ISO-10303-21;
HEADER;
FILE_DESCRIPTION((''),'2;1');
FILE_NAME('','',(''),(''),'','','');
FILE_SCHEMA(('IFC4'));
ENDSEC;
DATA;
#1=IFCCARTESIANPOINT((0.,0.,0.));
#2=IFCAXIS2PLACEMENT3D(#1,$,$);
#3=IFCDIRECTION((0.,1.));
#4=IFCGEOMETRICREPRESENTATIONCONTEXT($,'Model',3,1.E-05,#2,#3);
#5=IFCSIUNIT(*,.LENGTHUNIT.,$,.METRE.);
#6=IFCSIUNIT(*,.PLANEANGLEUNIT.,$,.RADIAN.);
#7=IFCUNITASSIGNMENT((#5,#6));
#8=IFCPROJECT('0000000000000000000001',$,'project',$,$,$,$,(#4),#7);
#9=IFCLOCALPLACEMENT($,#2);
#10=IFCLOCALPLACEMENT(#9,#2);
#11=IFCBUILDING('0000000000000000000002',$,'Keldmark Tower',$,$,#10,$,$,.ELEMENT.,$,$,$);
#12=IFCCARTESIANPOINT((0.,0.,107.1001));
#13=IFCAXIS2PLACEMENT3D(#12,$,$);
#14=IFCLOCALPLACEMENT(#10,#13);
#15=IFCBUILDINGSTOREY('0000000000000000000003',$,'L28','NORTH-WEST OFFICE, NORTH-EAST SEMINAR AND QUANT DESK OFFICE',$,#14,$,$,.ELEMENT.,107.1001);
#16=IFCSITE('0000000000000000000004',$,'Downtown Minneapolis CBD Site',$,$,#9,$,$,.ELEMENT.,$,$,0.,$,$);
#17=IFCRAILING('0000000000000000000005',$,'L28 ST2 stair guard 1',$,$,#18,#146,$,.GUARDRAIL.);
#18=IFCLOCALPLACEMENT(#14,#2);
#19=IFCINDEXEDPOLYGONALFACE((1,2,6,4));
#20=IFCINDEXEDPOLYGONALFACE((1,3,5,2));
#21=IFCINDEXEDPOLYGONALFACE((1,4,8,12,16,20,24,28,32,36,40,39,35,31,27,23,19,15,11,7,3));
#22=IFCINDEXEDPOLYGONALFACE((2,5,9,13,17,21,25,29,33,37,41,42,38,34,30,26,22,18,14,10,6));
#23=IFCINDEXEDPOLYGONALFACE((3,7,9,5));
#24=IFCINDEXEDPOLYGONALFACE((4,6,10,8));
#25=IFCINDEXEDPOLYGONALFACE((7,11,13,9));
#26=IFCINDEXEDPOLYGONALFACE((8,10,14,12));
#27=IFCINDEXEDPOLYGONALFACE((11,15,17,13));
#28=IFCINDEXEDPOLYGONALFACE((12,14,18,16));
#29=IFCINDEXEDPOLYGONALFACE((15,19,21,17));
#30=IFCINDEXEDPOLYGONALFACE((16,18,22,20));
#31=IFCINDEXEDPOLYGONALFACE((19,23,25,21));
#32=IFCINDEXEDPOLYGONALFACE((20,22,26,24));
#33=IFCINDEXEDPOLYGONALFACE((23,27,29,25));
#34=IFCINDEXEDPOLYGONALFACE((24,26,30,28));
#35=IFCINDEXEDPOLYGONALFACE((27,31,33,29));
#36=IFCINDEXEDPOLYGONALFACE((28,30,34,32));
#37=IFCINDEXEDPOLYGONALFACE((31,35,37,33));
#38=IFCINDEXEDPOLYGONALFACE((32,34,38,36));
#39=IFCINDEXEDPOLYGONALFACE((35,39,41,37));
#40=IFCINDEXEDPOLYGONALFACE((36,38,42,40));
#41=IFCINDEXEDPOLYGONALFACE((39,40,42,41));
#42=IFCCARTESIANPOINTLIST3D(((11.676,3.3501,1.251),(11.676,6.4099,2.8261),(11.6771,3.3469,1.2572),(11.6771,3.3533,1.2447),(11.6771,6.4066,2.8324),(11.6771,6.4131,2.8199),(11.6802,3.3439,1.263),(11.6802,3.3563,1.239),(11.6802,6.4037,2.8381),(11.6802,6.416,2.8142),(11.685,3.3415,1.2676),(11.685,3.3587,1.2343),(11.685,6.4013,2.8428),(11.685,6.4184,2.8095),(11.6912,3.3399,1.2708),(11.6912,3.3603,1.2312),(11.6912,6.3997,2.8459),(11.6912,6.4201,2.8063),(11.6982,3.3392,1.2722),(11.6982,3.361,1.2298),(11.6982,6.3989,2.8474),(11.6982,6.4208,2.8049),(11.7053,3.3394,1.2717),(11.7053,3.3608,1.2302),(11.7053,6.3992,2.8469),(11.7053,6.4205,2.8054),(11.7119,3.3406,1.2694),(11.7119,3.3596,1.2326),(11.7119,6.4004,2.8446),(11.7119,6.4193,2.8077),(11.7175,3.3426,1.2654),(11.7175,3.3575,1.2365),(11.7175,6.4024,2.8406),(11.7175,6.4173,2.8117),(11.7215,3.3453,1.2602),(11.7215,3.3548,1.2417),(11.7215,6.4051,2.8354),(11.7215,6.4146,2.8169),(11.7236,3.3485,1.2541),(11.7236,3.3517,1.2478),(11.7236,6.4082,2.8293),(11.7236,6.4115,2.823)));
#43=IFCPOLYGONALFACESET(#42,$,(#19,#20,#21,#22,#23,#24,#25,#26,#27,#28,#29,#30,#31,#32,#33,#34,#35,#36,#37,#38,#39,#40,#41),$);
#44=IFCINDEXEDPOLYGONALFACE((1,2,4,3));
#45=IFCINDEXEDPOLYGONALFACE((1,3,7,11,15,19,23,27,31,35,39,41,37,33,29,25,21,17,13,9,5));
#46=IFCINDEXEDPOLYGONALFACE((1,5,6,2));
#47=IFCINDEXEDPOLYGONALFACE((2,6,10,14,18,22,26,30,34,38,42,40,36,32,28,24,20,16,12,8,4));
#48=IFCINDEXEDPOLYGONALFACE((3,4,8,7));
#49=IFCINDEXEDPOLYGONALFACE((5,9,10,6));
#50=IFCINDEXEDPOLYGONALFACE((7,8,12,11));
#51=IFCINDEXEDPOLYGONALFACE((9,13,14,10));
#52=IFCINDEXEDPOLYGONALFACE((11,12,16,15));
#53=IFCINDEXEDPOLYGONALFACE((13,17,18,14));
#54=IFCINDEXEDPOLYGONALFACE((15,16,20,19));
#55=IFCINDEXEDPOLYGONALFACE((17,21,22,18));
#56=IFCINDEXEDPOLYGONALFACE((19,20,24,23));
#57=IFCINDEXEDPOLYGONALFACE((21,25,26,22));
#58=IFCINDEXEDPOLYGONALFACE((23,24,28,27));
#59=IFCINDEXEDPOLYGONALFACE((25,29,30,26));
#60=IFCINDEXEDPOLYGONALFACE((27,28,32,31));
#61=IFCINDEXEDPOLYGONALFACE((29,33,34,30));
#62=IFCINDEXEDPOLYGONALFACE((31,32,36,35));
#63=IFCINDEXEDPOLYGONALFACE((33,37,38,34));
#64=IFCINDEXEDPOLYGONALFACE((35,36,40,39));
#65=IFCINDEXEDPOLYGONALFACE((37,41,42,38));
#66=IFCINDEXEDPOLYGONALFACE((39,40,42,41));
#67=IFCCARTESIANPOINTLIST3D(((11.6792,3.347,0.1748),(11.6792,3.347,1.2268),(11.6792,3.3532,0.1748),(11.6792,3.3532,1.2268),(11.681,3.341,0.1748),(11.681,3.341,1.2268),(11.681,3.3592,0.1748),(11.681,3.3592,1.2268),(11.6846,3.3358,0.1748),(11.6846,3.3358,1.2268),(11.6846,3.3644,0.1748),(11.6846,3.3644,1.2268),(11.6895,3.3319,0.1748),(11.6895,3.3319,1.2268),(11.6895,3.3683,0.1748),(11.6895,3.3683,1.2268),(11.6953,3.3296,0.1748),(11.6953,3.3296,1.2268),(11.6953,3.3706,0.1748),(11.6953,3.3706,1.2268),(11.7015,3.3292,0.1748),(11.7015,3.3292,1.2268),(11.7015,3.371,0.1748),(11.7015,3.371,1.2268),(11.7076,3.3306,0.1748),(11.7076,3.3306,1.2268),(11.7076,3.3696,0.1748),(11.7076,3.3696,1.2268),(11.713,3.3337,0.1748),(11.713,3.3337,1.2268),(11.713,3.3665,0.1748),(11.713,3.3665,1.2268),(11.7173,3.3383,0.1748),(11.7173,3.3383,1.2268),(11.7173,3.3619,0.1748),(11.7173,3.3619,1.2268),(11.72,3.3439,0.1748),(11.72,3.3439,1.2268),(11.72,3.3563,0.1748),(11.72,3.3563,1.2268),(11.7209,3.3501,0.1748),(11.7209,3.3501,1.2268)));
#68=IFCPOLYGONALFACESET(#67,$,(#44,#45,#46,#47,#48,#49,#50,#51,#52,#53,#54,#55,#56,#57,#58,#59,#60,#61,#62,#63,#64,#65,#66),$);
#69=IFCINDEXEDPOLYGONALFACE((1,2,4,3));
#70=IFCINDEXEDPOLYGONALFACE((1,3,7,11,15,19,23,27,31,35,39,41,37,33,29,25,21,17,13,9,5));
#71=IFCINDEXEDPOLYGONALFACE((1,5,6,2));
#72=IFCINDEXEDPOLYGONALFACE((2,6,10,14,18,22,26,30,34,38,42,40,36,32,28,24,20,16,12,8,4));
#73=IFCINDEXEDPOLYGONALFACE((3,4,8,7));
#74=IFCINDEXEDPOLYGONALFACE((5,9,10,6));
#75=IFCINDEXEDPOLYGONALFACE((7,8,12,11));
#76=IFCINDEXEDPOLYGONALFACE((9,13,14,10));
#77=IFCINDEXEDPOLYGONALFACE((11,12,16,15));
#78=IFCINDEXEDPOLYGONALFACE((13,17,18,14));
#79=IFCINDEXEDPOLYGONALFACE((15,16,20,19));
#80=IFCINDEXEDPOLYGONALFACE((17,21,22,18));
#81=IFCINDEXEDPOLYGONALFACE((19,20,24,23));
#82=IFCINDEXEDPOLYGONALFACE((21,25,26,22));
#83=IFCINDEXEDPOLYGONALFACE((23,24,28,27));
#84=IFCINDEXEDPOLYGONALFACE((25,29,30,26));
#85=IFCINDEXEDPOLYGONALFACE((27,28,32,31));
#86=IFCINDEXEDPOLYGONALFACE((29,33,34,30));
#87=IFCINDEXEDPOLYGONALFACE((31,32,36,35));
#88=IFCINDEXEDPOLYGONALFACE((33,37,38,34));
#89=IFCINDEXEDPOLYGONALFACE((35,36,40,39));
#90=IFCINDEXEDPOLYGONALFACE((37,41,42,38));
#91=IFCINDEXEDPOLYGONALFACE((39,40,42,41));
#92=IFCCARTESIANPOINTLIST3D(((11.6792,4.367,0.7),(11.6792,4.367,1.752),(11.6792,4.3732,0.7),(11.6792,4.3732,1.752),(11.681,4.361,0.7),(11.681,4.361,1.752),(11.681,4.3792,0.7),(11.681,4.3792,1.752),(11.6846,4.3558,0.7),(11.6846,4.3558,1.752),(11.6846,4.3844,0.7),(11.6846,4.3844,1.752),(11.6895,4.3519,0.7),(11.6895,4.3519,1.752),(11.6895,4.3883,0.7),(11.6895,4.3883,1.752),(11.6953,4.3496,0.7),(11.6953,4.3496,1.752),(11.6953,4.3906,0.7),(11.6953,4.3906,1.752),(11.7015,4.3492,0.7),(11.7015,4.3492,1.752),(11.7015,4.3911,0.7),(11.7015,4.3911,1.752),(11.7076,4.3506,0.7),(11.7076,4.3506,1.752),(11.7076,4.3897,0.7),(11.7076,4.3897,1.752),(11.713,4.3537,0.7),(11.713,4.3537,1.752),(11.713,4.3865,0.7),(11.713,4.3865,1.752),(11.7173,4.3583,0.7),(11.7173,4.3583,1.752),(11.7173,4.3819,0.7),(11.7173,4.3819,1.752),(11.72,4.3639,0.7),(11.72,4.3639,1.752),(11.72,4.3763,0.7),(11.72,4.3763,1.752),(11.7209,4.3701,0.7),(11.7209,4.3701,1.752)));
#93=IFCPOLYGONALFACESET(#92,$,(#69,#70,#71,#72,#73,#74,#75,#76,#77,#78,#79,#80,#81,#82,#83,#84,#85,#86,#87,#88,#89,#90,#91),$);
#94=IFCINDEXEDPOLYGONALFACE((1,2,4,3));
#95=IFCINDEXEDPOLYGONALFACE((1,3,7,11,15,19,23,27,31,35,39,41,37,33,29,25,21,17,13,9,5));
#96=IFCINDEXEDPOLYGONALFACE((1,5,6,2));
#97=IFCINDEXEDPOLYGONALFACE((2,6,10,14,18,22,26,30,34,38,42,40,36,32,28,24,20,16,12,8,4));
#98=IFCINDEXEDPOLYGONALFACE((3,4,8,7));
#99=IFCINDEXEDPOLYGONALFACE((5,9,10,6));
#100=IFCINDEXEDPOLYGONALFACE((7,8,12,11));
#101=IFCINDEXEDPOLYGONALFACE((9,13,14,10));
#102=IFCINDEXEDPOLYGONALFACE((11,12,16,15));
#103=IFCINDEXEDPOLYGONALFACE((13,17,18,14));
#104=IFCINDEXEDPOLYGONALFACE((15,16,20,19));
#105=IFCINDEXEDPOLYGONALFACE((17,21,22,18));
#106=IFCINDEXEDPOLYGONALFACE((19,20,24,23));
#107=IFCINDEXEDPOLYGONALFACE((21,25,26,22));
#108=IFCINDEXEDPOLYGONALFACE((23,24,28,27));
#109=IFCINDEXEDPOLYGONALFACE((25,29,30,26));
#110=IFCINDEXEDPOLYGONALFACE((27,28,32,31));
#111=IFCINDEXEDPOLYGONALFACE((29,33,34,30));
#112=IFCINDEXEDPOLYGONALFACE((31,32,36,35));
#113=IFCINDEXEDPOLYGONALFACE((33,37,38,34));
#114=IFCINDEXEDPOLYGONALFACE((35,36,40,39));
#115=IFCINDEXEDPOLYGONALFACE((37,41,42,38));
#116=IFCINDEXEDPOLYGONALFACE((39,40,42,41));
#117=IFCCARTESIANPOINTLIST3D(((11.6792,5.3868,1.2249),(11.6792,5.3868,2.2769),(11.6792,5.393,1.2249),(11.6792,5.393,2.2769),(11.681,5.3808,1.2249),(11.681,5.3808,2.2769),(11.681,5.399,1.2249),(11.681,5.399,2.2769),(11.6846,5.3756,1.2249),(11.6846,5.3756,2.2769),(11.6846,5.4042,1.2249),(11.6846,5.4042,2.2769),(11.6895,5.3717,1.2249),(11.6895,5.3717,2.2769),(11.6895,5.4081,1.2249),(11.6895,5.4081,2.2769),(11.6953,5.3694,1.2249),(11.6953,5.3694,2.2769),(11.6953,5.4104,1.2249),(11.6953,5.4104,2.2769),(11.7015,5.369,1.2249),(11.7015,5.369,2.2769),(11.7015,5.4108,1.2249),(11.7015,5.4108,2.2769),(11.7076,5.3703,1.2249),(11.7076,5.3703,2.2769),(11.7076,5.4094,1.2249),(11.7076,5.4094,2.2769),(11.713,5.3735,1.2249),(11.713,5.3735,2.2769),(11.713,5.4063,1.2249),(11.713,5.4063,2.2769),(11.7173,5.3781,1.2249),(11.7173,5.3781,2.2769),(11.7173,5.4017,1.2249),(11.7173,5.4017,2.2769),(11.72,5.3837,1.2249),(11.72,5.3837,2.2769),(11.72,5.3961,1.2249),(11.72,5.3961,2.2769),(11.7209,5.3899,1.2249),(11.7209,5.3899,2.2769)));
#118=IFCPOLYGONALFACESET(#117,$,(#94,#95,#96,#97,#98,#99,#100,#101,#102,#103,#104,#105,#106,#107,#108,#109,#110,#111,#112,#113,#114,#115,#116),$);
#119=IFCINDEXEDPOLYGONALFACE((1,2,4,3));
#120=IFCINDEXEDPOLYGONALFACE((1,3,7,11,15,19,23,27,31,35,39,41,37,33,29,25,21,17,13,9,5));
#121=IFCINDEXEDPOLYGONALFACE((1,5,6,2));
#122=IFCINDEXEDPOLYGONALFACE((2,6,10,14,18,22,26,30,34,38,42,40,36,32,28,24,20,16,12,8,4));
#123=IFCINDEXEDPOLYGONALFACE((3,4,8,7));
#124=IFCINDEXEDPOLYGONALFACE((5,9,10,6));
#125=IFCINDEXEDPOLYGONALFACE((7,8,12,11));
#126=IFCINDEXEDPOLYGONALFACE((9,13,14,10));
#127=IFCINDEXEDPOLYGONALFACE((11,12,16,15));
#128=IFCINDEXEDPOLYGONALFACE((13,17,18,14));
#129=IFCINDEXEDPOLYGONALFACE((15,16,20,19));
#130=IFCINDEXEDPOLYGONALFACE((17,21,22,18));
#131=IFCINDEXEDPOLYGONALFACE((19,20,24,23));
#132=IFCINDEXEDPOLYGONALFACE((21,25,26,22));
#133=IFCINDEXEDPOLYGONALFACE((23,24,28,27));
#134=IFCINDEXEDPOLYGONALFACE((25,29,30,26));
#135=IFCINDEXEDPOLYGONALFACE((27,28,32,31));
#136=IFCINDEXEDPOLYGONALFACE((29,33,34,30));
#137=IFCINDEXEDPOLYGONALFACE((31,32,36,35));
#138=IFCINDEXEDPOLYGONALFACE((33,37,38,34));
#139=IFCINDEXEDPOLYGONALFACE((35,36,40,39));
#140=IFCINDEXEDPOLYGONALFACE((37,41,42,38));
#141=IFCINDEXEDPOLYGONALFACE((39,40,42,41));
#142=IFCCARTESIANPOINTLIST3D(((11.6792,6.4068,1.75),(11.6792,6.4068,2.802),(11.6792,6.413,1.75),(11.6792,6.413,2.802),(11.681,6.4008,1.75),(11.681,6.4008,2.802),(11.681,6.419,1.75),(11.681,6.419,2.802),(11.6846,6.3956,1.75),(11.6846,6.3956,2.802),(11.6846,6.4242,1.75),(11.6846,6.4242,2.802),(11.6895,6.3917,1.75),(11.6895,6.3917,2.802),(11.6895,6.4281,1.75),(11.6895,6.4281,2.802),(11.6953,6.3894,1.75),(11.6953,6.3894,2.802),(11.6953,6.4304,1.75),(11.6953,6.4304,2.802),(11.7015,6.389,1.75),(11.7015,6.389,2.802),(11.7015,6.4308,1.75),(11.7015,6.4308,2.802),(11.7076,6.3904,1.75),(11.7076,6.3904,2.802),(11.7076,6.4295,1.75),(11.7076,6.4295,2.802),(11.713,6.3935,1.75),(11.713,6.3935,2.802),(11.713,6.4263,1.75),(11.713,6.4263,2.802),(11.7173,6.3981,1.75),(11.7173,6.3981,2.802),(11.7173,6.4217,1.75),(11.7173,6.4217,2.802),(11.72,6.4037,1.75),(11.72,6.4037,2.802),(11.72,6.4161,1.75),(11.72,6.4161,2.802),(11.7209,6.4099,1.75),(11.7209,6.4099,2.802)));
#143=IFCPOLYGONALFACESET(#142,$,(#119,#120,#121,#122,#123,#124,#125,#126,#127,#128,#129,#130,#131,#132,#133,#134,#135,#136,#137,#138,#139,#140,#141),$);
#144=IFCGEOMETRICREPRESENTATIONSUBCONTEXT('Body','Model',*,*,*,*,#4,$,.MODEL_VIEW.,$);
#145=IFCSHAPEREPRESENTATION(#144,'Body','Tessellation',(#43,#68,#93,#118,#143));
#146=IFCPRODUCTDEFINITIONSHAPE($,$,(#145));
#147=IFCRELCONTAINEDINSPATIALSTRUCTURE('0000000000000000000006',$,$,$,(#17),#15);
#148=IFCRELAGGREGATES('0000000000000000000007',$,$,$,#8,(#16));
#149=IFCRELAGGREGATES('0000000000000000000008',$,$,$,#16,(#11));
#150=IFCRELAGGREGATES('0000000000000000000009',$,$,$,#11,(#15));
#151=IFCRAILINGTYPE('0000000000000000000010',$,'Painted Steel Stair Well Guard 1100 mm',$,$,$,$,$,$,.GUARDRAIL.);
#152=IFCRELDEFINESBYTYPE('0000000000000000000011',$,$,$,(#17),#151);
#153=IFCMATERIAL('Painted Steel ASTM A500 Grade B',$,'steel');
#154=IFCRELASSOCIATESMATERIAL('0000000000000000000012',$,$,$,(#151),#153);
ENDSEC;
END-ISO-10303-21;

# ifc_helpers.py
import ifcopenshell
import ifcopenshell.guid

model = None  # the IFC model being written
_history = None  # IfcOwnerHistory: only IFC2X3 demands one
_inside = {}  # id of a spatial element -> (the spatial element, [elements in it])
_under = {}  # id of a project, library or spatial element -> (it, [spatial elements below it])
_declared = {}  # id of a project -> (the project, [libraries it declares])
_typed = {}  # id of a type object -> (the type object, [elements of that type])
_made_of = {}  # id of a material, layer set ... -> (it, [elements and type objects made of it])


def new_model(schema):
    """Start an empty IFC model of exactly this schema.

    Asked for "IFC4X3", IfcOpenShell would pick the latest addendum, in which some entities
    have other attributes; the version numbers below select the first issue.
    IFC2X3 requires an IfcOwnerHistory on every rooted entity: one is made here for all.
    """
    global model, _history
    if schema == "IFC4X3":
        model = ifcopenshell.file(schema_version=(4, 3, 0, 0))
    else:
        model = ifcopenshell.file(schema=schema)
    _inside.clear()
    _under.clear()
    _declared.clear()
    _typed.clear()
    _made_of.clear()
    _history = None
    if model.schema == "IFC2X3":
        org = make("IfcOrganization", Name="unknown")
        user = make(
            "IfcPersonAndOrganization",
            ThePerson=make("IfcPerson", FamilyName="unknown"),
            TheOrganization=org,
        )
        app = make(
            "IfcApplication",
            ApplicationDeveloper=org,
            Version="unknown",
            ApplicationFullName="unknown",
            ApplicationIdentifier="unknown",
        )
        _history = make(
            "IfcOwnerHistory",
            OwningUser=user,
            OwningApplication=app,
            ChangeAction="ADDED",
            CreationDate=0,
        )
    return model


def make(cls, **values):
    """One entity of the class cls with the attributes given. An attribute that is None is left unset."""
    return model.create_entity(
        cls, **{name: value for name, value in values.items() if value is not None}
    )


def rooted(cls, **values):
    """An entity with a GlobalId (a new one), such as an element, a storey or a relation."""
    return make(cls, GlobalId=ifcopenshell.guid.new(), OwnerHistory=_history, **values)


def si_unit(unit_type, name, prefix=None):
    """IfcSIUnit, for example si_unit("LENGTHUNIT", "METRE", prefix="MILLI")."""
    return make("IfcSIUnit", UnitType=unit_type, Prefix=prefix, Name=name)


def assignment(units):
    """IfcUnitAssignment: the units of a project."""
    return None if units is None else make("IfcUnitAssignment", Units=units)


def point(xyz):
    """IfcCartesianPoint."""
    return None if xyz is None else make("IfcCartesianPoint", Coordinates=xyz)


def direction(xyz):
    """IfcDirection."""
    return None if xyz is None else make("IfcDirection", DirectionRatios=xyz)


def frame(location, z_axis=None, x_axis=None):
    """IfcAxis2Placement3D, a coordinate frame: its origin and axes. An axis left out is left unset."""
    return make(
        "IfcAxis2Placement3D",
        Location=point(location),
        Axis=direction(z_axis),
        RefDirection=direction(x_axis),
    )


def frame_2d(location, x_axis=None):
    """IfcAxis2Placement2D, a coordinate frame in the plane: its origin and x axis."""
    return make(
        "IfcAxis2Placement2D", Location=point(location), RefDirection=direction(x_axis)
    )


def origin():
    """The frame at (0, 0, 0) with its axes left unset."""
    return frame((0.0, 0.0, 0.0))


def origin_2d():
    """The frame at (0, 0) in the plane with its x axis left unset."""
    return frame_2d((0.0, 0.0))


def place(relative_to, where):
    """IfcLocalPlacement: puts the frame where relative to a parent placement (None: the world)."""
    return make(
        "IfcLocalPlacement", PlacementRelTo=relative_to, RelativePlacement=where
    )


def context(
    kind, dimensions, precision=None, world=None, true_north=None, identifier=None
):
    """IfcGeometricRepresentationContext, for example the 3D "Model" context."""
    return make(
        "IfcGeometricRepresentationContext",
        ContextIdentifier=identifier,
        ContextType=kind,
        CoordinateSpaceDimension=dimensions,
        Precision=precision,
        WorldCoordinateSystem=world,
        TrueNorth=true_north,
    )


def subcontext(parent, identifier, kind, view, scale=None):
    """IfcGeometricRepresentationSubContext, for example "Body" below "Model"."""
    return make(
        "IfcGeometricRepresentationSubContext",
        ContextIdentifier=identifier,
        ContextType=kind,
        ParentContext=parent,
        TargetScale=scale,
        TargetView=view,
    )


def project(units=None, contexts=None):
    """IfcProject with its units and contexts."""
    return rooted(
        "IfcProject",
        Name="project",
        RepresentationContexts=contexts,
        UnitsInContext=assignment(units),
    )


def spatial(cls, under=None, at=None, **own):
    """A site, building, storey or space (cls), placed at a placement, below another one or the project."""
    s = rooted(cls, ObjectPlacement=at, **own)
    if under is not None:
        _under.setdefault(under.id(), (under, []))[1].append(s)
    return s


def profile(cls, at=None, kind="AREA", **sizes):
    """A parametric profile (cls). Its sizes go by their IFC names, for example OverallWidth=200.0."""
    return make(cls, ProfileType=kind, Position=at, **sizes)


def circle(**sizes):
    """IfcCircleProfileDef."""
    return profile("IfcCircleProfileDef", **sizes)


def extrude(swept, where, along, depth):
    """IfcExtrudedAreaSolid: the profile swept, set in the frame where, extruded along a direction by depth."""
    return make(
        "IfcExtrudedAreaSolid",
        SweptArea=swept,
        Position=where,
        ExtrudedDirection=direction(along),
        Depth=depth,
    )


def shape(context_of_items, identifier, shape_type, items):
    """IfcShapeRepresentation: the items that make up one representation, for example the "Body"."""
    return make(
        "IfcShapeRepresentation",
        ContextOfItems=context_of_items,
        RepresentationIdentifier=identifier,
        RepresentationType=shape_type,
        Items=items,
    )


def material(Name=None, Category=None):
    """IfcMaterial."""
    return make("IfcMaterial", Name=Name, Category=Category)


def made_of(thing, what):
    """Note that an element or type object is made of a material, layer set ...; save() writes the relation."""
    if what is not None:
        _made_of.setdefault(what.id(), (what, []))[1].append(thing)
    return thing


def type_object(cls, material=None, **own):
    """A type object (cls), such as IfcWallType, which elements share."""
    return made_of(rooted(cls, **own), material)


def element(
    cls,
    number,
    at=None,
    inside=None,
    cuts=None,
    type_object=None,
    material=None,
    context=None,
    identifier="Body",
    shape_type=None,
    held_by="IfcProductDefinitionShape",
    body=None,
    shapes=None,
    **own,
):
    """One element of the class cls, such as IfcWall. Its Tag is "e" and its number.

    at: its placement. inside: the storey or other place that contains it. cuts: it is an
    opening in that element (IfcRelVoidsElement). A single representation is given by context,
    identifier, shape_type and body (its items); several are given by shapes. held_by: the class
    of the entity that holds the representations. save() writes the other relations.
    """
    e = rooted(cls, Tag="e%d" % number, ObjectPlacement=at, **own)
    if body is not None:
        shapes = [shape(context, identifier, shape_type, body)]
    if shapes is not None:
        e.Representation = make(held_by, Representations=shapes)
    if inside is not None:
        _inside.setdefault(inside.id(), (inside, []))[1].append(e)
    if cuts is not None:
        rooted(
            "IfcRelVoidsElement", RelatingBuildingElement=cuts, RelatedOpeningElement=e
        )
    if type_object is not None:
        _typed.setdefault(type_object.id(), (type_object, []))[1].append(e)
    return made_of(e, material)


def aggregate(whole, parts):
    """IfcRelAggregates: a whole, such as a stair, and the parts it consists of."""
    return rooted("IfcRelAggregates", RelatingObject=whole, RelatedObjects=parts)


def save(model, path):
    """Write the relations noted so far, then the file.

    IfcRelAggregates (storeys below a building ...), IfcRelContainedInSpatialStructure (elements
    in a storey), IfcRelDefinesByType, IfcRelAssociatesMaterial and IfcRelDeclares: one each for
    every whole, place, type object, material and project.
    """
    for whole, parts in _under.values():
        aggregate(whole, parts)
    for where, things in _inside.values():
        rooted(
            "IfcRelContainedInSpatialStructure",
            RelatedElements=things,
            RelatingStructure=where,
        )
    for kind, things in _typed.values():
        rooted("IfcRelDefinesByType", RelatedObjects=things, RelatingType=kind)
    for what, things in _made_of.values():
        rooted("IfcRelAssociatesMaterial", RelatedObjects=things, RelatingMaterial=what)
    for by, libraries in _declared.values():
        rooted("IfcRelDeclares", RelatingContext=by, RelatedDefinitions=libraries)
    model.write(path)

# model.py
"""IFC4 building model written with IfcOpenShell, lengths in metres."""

from ifc_helpers import new_model, si_unit, direction, frame, origin, origin_2d, place, context, subcontext, project, spatial, circle, extrude, material, type_object, element, save


model = new_model("IFC4")

# Units and contexts
model_context = context("Model", 3, precision=1e-05, world=origin(), true_north=direction((0.0, 1.0)))
body_context = subcontext(model_context, "Body", "Model", "MODEL_VIEW")
ifc_project = project(units=[si_unit("LENGTHUNIT", "METRE"), si_unit("PLANEANGLEUNIT", "RADIAN")], contexts=[model_context])

# Site, building, storey
site_placement = place(None, origin())
site = spatial("IfcSite", under=ifc_project, at=site_placement, Name="Downtown Minneapolis CBD Site", CompositionType="ELEMENT", RefElevation=0.0)
building_placement = place(site_placement, origin())
building = spatial("IfcBuilding", under=site, at=building_placement, Name="Keldmark Tower", CompositionType="ELEMENT")
storey_placement = place(building_placement, frame((0.0, 0.0, 107.1001)))
storey = spatial("IfcBuildingStorey", under=building, at=storey_placement, Name="L28", Description="NORTH-WEST OFFICE, NORTH-EAST SEMINAR AND QUANT DESK OFFICE", CompositionType="ELEMENT", Elevation=107.1001)

# Railing
ifc_material_1 = material(Name="Painted Steel ASTM A500 Grade B", Category="steel")
railing_type_1 = type_object("IfcRailingType", Name="Painted Steel Stair Well Guard 1100 mm", PredefinedType="GUARDRAIL", material=ifc_material_1)
railing_1_placement = place(storey_placement, frame((11.7, 3.3501, 0.1748)))
element("IfcRailing", 1, at=railing_1_placement, inside=storey, type_object=railing_type_1, Name="L28 ST2 stair guard 1", PredefinedType="GUARDRAIL", context=body_context, shape_type="SweptSolid", body=[
    extrude(circle(Radius=0.0239, at=origin_2d()), frame((0.0, 0.0, 1.0762), z_axis=(0.0, 0.889101, 0.45771), x_axis=(-1.0, 0.0, 0.0)), (0.0, 0.0, 1.0), 3.4414),
    extrude(circle(Radius=0.021, at=origin_2d()), origin(), (0.0, 0.0, 1.0), 1.052),
    extrude(circle(Radius=0.021, at=origin_2d()), frame((0.0, 1.02, 0.5251)), (0.0, 0.0, 1.0), 1.052),
    extrude(circle(Radius=0.021, at=origin_2d()), frame((0.0, 2.0398, 1.05)), (0.0, 0.0, 1.0), 1.052),
    extrude(circle(Radius=0.021, at=origin_2d()), frame((0.0, 3.0598, 1.5752)), (0.0, 0.0, 1.0), 1.052),
])

save(model, "model.ifc")
